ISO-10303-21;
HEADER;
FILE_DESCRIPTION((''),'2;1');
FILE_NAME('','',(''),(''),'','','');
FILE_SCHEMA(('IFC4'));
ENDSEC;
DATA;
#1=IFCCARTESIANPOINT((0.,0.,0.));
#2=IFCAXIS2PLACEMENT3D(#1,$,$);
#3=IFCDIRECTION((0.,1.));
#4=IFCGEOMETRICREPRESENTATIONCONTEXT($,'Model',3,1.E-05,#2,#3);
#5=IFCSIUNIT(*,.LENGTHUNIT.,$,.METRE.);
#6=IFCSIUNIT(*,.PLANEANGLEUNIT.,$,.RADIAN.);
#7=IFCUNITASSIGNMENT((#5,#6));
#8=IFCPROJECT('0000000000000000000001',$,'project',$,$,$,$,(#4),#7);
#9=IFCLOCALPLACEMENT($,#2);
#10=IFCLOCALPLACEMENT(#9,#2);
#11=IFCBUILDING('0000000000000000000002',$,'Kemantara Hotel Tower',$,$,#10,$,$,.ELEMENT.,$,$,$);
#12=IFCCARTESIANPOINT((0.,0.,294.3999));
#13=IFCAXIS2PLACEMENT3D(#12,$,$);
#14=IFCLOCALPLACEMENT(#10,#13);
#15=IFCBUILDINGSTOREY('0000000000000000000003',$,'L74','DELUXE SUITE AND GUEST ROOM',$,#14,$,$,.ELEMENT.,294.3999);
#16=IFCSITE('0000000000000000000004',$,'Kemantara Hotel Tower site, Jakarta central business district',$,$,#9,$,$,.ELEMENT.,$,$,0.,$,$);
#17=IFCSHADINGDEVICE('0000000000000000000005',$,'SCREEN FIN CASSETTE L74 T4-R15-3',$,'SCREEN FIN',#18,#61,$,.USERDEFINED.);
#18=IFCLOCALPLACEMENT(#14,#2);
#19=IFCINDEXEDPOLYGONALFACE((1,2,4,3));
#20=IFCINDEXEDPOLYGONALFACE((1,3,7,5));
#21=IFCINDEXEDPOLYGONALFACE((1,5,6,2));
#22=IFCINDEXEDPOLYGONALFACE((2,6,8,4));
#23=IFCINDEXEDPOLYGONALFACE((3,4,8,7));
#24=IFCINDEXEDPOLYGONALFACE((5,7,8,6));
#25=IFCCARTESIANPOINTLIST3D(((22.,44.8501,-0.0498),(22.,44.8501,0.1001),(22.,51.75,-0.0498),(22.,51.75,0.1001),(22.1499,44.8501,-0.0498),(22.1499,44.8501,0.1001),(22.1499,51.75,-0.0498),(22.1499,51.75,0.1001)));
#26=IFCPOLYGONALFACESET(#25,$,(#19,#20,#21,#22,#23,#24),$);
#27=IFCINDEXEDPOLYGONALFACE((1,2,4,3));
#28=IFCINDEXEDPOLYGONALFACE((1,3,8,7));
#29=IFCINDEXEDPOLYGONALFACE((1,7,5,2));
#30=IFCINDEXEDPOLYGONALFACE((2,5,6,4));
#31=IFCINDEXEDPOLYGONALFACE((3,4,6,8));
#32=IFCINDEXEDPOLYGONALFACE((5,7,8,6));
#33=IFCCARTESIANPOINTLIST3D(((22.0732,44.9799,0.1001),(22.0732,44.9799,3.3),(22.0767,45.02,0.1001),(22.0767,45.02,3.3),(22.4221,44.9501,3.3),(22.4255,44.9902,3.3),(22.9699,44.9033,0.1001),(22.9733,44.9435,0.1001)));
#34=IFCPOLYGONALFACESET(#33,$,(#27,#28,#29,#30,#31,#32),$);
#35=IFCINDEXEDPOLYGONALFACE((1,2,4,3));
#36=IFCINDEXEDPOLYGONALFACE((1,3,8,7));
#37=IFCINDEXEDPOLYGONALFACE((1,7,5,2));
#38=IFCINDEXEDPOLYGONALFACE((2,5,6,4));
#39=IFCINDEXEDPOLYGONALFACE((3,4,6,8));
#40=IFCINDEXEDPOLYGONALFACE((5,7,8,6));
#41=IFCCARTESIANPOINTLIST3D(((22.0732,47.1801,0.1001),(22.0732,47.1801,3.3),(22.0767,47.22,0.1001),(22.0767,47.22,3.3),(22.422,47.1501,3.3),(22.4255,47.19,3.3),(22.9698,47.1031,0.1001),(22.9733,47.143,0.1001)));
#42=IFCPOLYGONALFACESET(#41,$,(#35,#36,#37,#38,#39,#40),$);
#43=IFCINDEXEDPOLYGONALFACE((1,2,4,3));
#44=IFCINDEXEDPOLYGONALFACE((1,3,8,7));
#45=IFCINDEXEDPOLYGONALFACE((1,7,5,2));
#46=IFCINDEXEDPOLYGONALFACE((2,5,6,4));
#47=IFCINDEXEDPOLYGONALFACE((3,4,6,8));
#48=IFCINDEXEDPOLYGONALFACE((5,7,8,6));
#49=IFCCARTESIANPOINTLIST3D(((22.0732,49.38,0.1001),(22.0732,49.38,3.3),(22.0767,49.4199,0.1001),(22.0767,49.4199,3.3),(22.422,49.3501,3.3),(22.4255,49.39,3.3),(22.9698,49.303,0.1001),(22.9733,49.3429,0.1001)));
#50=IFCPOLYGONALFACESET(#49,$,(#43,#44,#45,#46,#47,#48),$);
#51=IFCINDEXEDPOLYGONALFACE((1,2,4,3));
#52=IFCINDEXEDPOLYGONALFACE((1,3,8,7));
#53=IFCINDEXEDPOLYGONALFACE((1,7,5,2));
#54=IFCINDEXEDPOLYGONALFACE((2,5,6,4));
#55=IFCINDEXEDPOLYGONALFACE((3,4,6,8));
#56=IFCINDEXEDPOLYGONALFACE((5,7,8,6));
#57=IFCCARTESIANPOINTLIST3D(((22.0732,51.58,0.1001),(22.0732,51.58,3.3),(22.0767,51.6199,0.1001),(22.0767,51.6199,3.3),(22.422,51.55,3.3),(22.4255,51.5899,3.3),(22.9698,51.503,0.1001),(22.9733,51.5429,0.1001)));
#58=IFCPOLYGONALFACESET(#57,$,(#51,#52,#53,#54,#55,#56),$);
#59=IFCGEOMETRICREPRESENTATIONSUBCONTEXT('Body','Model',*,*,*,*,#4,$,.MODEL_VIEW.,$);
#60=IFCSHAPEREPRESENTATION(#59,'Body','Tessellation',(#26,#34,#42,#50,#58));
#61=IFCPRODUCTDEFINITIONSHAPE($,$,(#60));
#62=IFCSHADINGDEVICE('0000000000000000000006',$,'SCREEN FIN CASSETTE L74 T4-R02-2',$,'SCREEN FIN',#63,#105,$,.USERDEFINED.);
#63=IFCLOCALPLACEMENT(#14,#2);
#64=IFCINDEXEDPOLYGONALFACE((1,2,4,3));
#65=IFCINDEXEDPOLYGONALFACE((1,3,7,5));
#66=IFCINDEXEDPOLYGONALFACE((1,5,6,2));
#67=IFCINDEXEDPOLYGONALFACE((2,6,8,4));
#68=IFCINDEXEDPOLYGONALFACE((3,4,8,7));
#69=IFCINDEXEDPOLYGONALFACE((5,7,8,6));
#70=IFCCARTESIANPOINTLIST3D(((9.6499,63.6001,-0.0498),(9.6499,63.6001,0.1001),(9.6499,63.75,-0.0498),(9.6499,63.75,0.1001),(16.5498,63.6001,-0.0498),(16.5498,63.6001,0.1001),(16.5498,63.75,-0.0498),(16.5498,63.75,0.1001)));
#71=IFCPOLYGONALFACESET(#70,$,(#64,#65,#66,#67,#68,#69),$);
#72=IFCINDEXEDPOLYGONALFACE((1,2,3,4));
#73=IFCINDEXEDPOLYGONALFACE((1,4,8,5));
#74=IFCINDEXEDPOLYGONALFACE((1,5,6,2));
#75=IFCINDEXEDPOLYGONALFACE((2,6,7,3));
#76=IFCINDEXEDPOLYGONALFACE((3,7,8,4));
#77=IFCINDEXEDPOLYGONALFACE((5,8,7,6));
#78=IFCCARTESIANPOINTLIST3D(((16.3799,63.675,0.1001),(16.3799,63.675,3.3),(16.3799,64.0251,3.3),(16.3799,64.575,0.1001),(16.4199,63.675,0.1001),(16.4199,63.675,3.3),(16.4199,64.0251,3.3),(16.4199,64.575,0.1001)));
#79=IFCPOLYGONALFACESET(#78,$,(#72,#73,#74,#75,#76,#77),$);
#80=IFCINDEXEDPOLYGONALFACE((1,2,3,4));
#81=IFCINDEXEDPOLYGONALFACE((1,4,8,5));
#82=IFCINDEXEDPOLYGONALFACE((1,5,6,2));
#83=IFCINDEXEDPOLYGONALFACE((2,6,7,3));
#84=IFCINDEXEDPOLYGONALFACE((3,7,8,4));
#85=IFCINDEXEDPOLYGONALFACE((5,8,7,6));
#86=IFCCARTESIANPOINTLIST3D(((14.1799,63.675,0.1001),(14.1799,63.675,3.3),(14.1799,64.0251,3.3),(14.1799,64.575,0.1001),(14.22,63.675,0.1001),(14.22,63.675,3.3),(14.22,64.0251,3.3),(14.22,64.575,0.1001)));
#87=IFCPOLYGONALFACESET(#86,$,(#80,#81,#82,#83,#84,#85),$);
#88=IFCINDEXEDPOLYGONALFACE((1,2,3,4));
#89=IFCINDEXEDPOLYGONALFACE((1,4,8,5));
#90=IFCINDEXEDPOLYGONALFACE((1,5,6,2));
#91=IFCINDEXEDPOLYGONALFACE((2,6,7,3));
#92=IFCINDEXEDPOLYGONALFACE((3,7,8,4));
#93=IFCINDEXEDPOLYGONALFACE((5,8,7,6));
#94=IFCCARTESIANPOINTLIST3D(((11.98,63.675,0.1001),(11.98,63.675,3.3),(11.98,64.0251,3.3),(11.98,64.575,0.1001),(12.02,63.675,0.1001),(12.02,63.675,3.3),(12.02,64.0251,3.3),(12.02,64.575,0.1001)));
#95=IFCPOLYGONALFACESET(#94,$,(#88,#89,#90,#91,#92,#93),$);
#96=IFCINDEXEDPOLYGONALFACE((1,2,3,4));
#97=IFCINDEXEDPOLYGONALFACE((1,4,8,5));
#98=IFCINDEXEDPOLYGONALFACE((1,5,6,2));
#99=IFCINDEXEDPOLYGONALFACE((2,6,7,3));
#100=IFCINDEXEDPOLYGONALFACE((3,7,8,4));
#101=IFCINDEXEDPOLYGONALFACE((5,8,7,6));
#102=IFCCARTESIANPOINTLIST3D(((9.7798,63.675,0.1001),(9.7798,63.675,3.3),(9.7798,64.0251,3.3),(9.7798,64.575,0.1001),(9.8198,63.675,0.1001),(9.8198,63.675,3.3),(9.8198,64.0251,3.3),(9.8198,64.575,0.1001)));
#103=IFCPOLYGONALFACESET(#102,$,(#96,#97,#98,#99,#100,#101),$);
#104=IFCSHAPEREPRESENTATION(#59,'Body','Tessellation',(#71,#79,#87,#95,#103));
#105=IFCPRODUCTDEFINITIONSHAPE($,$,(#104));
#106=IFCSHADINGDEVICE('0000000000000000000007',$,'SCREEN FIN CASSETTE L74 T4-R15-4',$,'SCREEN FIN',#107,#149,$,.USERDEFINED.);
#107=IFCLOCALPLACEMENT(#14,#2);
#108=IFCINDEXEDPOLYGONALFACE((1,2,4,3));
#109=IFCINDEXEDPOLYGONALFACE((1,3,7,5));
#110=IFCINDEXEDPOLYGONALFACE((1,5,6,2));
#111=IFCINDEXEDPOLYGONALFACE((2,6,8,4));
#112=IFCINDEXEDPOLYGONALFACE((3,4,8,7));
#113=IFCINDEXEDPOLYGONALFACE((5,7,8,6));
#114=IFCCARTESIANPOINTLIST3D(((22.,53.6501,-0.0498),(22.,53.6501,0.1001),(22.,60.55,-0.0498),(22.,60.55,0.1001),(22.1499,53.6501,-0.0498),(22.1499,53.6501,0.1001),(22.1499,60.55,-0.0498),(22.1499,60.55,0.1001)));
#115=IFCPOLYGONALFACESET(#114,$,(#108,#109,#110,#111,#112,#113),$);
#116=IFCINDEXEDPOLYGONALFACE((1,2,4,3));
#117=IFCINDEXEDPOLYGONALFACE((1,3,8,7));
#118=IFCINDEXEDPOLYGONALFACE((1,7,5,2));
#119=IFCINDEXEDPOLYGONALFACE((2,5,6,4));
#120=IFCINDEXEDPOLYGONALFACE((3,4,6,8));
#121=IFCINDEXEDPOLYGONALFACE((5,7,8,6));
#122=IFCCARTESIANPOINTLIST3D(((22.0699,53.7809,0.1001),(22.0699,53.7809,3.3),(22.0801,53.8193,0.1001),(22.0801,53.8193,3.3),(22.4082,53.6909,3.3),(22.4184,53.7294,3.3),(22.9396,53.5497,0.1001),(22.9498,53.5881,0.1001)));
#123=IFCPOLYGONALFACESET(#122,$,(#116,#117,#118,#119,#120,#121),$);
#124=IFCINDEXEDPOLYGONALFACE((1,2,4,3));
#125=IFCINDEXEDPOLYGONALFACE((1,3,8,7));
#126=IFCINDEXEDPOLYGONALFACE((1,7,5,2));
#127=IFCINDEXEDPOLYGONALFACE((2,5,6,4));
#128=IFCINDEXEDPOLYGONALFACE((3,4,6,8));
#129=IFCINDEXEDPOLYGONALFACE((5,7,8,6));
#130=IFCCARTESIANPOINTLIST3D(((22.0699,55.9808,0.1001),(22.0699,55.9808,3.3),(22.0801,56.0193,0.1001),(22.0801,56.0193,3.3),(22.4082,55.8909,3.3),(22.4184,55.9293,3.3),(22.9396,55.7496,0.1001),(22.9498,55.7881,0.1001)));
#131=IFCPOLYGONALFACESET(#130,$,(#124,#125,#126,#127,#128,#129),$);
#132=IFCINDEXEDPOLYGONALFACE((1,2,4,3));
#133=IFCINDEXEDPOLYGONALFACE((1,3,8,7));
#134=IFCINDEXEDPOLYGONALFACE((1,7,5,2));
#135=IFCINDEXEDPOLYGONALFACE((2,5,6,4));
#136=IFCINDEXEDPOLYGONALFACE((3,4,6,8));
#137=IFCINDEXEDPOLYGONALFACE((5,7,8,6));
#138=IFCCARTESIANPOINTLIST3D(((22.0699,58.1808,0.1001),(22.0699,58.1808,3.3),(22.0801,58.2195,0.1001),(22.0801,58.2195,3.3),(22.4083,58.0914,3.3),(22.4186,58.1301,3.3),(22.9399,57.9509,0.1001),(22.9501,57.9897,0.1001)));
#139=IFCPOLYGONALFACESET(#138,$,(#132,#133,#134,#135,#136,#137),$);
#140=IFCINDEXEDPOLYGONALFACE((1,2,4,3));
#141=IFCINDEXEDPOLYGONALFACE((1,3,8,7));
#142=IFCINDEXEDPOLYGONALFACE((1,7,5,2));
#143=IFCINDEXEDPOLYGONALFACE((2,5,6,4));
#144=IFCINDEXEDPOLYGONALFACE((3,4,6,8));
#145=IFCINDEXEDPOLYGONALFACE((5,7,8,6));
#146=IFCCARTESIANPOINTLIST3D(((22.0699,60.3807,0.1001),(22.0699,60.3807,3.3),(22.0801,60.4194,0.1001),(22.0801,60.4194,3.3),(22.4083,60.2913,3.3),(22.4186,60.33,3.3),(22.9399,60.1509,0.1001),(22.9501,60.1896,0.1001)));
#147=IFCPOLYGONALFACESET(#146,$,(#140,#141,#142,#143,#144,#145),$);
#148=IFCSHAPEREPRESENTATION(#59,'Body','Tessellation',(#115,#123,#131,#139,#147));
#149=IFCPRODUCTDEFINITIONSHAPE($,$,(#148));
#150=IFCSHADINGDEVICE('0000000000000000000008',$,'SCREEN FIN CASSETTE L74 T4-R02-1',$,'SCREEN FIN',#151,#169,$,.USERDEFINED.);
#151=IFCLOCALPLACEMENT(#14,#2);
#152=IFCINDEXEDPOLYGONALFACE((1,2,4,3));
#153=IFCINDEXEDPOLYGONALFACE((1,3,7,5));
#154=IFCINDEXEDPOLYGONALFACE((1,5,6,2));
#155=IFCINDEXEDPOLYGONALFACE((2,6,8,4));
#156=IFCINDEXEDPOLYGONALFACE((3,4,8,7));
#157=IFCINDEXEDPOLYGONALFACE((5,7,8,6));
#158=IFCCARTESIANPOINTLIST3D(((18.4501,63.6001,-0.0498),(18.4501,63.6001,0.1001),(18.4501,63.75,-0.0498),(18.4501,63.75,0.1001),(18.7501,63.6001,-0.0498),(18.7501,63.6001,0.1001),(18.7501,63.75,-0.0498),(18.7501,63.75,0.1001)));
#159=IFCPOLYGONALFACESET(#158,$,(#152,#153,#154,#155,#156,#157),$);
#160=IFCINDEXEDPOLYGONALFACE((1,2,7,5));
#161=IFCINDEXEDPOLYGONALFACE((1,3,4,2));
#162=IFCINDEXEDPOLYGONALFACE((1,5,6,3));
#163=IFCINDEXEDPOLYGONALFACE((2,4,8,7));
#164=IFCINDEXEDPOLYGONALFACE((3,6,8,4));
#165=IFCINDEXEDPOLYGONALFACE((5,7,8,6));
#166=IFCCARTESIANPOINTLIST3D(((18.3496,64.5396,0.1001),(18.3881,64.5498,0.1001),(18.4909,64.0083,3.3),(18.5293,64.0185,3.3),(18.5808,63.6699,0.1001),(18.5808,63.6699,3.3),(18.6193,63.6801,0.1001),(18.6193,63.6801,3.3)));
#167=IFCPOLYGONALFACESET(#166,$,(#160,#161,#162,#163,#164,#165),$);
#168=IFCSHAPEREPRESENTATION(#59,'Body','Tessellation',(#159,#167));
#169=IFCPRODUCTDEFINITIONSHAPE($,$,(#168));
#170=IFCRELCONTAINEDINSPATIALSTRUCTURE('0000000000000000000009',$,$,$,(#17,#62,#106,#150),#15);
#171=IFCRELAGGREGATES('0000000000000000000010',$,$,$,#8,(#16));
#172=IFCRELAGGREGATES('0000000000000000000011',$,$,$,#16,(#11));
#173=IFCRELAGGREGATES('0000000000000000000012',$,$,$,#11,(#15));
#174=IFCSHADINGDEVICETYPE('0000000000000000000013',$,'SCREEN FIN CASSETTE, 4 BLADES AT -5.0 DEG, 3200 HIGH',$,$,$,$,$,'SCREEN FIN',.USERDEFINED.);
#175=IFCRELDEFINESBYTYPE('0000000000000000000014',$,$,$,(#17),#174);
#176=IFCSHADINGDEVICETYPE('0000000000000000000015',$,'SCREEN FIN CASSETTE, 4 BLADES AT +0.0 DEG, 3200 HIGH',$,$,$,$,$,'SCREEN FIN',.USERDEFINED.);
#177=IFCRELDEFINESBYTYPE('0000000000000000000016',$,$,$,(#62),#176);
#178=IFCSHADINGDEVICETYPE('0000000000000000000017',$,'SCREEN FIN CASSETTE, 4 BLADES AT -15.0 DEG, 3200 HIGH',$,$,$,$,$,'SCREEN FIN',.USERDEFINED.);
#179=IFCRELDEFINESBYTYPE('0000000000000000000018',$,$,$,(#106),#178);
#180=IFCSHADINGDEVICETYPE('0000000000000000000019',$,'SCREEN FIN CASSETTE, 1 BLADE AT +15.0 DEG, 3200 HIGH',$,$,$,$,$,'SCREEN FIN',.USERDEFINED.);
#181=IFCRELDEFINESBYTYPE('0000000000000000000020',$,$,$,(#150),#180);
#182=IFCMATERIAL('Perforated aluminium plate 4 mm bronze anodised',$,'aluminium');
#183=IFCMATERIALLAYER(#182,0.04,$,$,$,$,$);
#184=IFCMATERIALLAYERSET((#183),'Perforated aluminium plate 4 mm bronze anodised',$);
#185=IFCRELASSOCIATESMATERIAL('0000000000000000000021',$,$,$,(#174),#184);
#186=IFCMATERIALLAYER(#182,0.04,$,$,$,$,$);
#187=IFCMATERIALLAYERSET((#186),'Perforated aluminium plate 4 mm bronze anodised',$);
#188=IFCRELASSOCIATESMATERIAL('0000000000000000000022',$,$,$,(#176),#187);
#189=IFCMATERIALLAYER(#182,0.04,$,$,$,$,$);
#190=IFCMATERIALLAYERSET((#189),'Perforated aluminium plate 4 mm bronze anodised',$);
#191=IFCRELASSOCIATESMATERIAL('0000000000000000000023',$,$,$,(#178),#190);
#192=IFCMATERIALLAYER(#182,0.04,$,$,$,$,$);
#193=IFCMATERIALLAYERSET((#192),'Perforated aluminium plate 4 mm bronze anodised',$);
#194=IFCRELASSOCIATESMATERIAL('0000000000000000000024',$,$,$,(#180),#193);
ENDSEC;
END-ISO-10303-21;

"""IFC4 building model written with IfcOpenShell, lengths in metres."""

from ifc_helpers import new_model, si_unit, direction, frame, origin, origin_2d, place, context, subcontext, project, spatial, polyline, rectangle, outline, extrude, source, transform, mapped, material, layer, layer_set, type_object, element, save


model = new_model("IFC4")

# Units and contexts
model_context = context("Model", 3, precision=1e-05, world=origin(), true_north=direction((0.0, 1.0)))
body_context = subcontext(model_context, "Body", "Model", "MODEL_VIEW")
ifc_project = project(units=[si_unit("LENGTHUNIT", "METRE"), si_unit("PLANEANGLEUNIT", "RADIAN")], contexts=[model_context])

# Site, building, storey
site_placement = place(None, origin())
site = spatial("IfcSite", under=ifc_project, at=site_placement, Name="Kemantara Hotel Tower site, Jakarta central business district", CompositionType="ELEMENT", RefElevation=0.0)
building_placement = place(site_placement, origin())
building = spatial("IfcBuilding", under=site, at=building_placement, Name="Kemantara Hotel Tower", CompositionType="ELEMENT")
storey_placement = place(building_placement, frame((0.0, 0.0, 294.3999)))
storey = spatial("IfcBuildingStorey", under=building, at=storey_placement, Name="L74", Description="DELUXE SUITE AND GUEST ROOM", CompositionType="ELEMENT", Elevation=294.3999)

# Shading devices
ifc_material_1 = material(Name="Perforated aluminium plate 4 mm bronze anodised", Category="aluminium")
ifc_layer_1 = layer(ifc_material_1, 0.04)
ifc_layer_set_1 = layer_set([ifc_layer_1], Name="Perforated aluminium plate 4 mm bronze anodised")
shading_device_type_1 = type_object("IfcShadingDeviceType", Name="SCREEN FIN CASSETTE, 4 BLADES AT -5.0 DEG, 3200 HIGH", ElementType="SCREEN FIN", PredefinedType="USERDEFINED", material=ifc_layer_set_1)
shared_shape_1 = source(origin(), body_context, "Body", "SweptSolid", [
    extrude(rectangle(XDim=6.8999, YDim=0.1499, at=origin_2d()), frame((3.3, -0.075, -0.1499), z_axis=(0.0, 0.0, 1.0), x_axis=(1.0, 0.0, 0.0)), (0.0, 0.0, 1.0), 0.1499),
    extrude(outline(polyline([(0.0, 0.0), (0.8999, 0.0), (0.3501, 3.2), (0.0, 3.2), (0.0, 0.0)])), frame((0.02, -0.0767, 0.0), z_axis=(-0.996376, 0.085056, 0.0), x_axis=(-0.085056, -0.996376, 0.0)), (0.0, 0.0, 1.0), 0.0403),
    extrude(outline(polyline([(0.0, 0.0), (0.8999, 0.0), (0.3501, 3.2), (0.0, 3.2), (0.0, 0.0)])), frame((2.22, -0.0767, 0.0), z_axis=(-0.996332, 0.085575, 0.0), x_axis=(-0.085575, -0.996332, 0.0)), (0.0, 0.0, 1.0), 0.04),
    extrude(outline(polyline([(0.0, 0.0), (0.8999, 0.0), (0.3501, 3.2), (0.0, 3.2), (0.0, 0.0)])), frame((4.4199, -0.0767, 0.0), z_axis=(-0.996332, 0.085575, 0.0), x_axis=(-0.085575, -0.996332, 0.0)), (0.0, 0.0, 1.0), 0.04),
    extrude(outline(polyline([(0.0, 0.0), (0.8999, 0.0), (0.3501, 3.2), (0.0, 3.2), (0.0, 0.0)])), frame((6.6199, -0.0767, 0.0), z_axis=(-0.996332, 0.085575, 0.0), x_axis=(-0.085575, -0.996332, 0.0)), (0.0, 0.0, 1.0), 0.04),
])
shading_device_1_placement = place(storey_placement, frame((22.0, 45.0, 0.1001), z_axis=(0.0, 0.0, 1.0), x_axis=(0.0, 1.0, 0.0)))
element("IfcShadingDevice", 1, at=shading_device_1_placement, inside=storey, type_object=shading_device_type_1, Name="SCREEN FIN CASSETTE L74 T4-R15-3", ObjectType="SCREEN FIN", PredefinedType="USERDEFINED", context=body_context, shape_type="MappedRepresentation", body=[
    mapped(shared_shape_1, transform((0.0, 0.0, 0.0))),
])
ifc_layer_2 = layer(ifc_material_1, 0.04)
ifc_layer_set_2 = layer_set([ifc_layer_2], Name="Perforated aluminium plate 4 mm bronze anodised")
shading_device_type_2 = type_object("IfcShadingDeviceType", Name="SCREEN FIN CASSETTE, 4 BLADES AT +0.0 DEG, 3200 HIGH", ElementType="SCREEN FIN", PredefinedType="USERDEFINED", material=ifc_layer_set_2)
shared_shape_2 = source(origin(), body_context, "Body", "SweptSolid", [
    extrude(rectangle(XDim=6.8999, YDim=0.1499, at=origin_2d()), frame((3.3, -0.075, -0.1499), z_axis=(0.0, 0.0, 1.0), x_axis=(1.0, 0.0, 0.0)), (0.0, 0.0, 1.0), 0.1499),
    extrude(outline(polyline([(0.0, 0.0), (0.8999, 0.0), (0.3501, 3.2), (0.0, 3.2), (0.0, 0.0)])), frame((0.02, -0.075, 0.0), z_axis=(-1.0, 0.0, 0.0), x_axis=(0.0, -1.0, 0.0)), (0.0, 0.0, 1.0), 0.04),
    extrude(outline(polyline([(0.0, 0.0), (0.8999, 0.0), (0.3501, 3.2), (0.0, 3.2), (0.0, 0.0)])), frame((2.22, -0.075, 0.0), z_axis=(-1.0, 0.0, 0.0), x_axis=(0.0, -1.0, 0.0)), (0.0, 0.0, 1.0), 0.04),
    extrude(outline(polyline([(0.0, 0.0), (0.8999, 0.0), (0.3501, 3.2), (0.0, 3.2), (0.0, 0.0)])), frame((4.4199, -0.075, 0.0), z_axis=(-1.0, 0.0, 0.0), x_axis=(0.0, -1.0, 0.0)), (0.0, 0.0, 1.0), 0.04),
    extrude(outline(polyline([(0.0, 0.0), (0.8999, 0.0), (0.3501, 3.2), (0.0, 3.2), (0.0, 0.0)])), frame((6.6201, -0.075, 0.0), z_axis=(-1.0, 0.0, 0.0), x_axis=(0.0, -1.0, 0.0)), (0.0, 0.0, 1.0), 0.04),
])
shading_device_2_placement = place(storey_placement, frame((16.3999, 63.6001, 0.1001), z_axis=(0.0, 0.0, 1.0), x_axis=(-1.0, 0.0, 0.0)))
element("IfcShadingDevice", 2, at=shading_device_2_placement, inside=storey, type_object=shading_device_type_2, Name="SCREEN FIN CASSETTE L74 T4-R02-2", ObjectType="SCREEN FIN", PredefinedType="USERDEFINED", context=body_context, shape_type="MappedRepresentation", body=[
    mapped(shared_shape_2, transform((0.0, 0.0, 0.0))),
])
ifc_layer_3 = layer(ifc_material_1, 0.04)
ifc_layer_set_3 = layer_set([ifc_layer_3], Name="Perforated aluminium plate 4 mm bronze anodised")
shading_device_type_3 = type_object("IfcShadingDeviceType", Name="SCREEN FIN CASSETTE, 4 BLADES AT -15.0 DEG, 3200 HIGH", ElementType="SCREEN FIN", PredefinedType="USERDEFINED", material=ifc_layer_set_3)
shared_shape_3 = source(origin(), body_context, "Body", "SweptSolid", [
    extrude(rectangle(XDim=6.8999, YDim=0.1499, at=origin_2d()), frame((3.3, -0.075, -0.1499), z_axis=(0.0, 0.0, 1.0), x_axis=(1.0, 0.0, 0.0)), (0.0, 0.0, 1.0), 0.1499),
    extrude(outline(polyline([(0.0, 0.0), (0.8999, 0.0), (0.3501, 3.2), (0.0, 3.2), (0.0, 0.0)])), frame((0.0193, -0.0801, 0.0), z_axis=(-0.966438, 0.256901, 0.0), x_axis=(-0.256901, -0.966438, 0.0)), (0.0, 0.0, 1.0), 0.0398),
    extrude(outline(polyline([(0.0, 0.0), (0.8999, 0.0), (0.3501, 3.2), (0.0, 3.2), (0.0, 0.0)])), frame((2.2192, -0.0801, 0.0), z_axis=(-0.966438, 0.256901, 0.0), x_axis=(-0.256901, -0.966438, 0.0)), (0.0, 0.0, 1.0), 0.0398),
    extrude(outline(polyline([(0.0, 0.0), (0.8999, 0.0), (0.3501, 3.2), (0.0, 3.2), (0.0, 0.0)])), frame((4.4194, -0.0801, 0.0), z_axis=(-0.966838, 0.255391, 0.0), x_axis=(-0.255391, -0.966838, 0.0)), (0.0, 0.0, 1.0), 0.04),
    extrude(outline(polyline([(0.0, 0.0), (0.8999, 0.0), (0.3501, 3.2), (0.0, 3.2), (0.0, 0.0)])), frame((6.6194, -0.0801, 0.0), z_axis=(-0.966838, 0.255391, 0.0), x_axis=(-0.255391, -0.966838, 0.0)), (0.0, 0.0, 1.0), 0.04),
])
shading_device_3_placement = place(storey_placement, frame((22.0, 53.8, 0.1001), z_axis=(0.0, 0.0, 1.0), x_axis=(0.0, 1.0, 0.0)))
element("IfcShadingDevice", 3, at=shading_device_3_placement, inside=storey, type_object=shading_device_type_3, Name="SCREEN FIN CASSETTE L74 T4-R15-4", ObjectType="SCREEN FIN", PredefinedType="USERDEFINED", context=body_context, shape_type="MappedRepresentation", body=[
    mapped(shared_shape_3, transform((0.0, 0.0, 0.0))),
])
ifc_layer_4 = layer(ifc_material_1, 0.04)
ifc_layer_set_4 = layer_set([ifc_layer_4], Name="Perforated aluminium plate 4 mm bronze anodised")
shading_device_type_4 = type_object("IfcShadingDeviceType", Name="SCREEN FIN CASSETTE, 1 BLADE AT +15.0 DEG, 3200 HIGH", ElementType="SCREEN FIN", PredefinedType="USERDEFINED", material=ifc_layer_set_4)
shared_shape_4 = source(origin(), body_context, "Body", "SweptSolid", [
    extrude(rectangle(XDim=0.3, YDim=0.1499, at=origin_2d()), frame((0.0, -0.075, -0.1499), z_axis=(0.0, 0.0, 1.0), x_axis=(1.0, 0.0, 0.0)), (0.0, 0.0, 1.0), 0.1499),
    extrude(outline(polyline([(0.0, 0.0), (0.8999, 0.0), (0.3501, 3.2), (0.0, 3.2), (0.0, 0.0)])), frame((0.0193, -0.0698, 0.0), z_axis=(-0.966438, -0.256901, 0.0), x_axis=(0.256901, -0.966438, 0.0)), (0.0, 0.0, 1.0), 0.0398),
])
shading_device_4_placement = place(storey_placement, frame((18.6001, 63.6001, 0.1001), z_axis=(0.0, 0.0, 1.0), x_axis=(-1.0, 0.0, 0.0)))
element("IfcShadingDevice", 4, at=shading_device_4_placement, inside=storey, type_object=shading_device_type_4, Name="SCREEN FIN CASSETTE L74 T4-R02-1", ObjectType="SCREEN FIN", PredefinedType="USERDEFINED", context=body_context, shape_type="MappedRepresentation", body=[
    mapped(shared_shape_4, transform((0.0, 0.0, 0.0))),
])

save(model, "model.ifc")
